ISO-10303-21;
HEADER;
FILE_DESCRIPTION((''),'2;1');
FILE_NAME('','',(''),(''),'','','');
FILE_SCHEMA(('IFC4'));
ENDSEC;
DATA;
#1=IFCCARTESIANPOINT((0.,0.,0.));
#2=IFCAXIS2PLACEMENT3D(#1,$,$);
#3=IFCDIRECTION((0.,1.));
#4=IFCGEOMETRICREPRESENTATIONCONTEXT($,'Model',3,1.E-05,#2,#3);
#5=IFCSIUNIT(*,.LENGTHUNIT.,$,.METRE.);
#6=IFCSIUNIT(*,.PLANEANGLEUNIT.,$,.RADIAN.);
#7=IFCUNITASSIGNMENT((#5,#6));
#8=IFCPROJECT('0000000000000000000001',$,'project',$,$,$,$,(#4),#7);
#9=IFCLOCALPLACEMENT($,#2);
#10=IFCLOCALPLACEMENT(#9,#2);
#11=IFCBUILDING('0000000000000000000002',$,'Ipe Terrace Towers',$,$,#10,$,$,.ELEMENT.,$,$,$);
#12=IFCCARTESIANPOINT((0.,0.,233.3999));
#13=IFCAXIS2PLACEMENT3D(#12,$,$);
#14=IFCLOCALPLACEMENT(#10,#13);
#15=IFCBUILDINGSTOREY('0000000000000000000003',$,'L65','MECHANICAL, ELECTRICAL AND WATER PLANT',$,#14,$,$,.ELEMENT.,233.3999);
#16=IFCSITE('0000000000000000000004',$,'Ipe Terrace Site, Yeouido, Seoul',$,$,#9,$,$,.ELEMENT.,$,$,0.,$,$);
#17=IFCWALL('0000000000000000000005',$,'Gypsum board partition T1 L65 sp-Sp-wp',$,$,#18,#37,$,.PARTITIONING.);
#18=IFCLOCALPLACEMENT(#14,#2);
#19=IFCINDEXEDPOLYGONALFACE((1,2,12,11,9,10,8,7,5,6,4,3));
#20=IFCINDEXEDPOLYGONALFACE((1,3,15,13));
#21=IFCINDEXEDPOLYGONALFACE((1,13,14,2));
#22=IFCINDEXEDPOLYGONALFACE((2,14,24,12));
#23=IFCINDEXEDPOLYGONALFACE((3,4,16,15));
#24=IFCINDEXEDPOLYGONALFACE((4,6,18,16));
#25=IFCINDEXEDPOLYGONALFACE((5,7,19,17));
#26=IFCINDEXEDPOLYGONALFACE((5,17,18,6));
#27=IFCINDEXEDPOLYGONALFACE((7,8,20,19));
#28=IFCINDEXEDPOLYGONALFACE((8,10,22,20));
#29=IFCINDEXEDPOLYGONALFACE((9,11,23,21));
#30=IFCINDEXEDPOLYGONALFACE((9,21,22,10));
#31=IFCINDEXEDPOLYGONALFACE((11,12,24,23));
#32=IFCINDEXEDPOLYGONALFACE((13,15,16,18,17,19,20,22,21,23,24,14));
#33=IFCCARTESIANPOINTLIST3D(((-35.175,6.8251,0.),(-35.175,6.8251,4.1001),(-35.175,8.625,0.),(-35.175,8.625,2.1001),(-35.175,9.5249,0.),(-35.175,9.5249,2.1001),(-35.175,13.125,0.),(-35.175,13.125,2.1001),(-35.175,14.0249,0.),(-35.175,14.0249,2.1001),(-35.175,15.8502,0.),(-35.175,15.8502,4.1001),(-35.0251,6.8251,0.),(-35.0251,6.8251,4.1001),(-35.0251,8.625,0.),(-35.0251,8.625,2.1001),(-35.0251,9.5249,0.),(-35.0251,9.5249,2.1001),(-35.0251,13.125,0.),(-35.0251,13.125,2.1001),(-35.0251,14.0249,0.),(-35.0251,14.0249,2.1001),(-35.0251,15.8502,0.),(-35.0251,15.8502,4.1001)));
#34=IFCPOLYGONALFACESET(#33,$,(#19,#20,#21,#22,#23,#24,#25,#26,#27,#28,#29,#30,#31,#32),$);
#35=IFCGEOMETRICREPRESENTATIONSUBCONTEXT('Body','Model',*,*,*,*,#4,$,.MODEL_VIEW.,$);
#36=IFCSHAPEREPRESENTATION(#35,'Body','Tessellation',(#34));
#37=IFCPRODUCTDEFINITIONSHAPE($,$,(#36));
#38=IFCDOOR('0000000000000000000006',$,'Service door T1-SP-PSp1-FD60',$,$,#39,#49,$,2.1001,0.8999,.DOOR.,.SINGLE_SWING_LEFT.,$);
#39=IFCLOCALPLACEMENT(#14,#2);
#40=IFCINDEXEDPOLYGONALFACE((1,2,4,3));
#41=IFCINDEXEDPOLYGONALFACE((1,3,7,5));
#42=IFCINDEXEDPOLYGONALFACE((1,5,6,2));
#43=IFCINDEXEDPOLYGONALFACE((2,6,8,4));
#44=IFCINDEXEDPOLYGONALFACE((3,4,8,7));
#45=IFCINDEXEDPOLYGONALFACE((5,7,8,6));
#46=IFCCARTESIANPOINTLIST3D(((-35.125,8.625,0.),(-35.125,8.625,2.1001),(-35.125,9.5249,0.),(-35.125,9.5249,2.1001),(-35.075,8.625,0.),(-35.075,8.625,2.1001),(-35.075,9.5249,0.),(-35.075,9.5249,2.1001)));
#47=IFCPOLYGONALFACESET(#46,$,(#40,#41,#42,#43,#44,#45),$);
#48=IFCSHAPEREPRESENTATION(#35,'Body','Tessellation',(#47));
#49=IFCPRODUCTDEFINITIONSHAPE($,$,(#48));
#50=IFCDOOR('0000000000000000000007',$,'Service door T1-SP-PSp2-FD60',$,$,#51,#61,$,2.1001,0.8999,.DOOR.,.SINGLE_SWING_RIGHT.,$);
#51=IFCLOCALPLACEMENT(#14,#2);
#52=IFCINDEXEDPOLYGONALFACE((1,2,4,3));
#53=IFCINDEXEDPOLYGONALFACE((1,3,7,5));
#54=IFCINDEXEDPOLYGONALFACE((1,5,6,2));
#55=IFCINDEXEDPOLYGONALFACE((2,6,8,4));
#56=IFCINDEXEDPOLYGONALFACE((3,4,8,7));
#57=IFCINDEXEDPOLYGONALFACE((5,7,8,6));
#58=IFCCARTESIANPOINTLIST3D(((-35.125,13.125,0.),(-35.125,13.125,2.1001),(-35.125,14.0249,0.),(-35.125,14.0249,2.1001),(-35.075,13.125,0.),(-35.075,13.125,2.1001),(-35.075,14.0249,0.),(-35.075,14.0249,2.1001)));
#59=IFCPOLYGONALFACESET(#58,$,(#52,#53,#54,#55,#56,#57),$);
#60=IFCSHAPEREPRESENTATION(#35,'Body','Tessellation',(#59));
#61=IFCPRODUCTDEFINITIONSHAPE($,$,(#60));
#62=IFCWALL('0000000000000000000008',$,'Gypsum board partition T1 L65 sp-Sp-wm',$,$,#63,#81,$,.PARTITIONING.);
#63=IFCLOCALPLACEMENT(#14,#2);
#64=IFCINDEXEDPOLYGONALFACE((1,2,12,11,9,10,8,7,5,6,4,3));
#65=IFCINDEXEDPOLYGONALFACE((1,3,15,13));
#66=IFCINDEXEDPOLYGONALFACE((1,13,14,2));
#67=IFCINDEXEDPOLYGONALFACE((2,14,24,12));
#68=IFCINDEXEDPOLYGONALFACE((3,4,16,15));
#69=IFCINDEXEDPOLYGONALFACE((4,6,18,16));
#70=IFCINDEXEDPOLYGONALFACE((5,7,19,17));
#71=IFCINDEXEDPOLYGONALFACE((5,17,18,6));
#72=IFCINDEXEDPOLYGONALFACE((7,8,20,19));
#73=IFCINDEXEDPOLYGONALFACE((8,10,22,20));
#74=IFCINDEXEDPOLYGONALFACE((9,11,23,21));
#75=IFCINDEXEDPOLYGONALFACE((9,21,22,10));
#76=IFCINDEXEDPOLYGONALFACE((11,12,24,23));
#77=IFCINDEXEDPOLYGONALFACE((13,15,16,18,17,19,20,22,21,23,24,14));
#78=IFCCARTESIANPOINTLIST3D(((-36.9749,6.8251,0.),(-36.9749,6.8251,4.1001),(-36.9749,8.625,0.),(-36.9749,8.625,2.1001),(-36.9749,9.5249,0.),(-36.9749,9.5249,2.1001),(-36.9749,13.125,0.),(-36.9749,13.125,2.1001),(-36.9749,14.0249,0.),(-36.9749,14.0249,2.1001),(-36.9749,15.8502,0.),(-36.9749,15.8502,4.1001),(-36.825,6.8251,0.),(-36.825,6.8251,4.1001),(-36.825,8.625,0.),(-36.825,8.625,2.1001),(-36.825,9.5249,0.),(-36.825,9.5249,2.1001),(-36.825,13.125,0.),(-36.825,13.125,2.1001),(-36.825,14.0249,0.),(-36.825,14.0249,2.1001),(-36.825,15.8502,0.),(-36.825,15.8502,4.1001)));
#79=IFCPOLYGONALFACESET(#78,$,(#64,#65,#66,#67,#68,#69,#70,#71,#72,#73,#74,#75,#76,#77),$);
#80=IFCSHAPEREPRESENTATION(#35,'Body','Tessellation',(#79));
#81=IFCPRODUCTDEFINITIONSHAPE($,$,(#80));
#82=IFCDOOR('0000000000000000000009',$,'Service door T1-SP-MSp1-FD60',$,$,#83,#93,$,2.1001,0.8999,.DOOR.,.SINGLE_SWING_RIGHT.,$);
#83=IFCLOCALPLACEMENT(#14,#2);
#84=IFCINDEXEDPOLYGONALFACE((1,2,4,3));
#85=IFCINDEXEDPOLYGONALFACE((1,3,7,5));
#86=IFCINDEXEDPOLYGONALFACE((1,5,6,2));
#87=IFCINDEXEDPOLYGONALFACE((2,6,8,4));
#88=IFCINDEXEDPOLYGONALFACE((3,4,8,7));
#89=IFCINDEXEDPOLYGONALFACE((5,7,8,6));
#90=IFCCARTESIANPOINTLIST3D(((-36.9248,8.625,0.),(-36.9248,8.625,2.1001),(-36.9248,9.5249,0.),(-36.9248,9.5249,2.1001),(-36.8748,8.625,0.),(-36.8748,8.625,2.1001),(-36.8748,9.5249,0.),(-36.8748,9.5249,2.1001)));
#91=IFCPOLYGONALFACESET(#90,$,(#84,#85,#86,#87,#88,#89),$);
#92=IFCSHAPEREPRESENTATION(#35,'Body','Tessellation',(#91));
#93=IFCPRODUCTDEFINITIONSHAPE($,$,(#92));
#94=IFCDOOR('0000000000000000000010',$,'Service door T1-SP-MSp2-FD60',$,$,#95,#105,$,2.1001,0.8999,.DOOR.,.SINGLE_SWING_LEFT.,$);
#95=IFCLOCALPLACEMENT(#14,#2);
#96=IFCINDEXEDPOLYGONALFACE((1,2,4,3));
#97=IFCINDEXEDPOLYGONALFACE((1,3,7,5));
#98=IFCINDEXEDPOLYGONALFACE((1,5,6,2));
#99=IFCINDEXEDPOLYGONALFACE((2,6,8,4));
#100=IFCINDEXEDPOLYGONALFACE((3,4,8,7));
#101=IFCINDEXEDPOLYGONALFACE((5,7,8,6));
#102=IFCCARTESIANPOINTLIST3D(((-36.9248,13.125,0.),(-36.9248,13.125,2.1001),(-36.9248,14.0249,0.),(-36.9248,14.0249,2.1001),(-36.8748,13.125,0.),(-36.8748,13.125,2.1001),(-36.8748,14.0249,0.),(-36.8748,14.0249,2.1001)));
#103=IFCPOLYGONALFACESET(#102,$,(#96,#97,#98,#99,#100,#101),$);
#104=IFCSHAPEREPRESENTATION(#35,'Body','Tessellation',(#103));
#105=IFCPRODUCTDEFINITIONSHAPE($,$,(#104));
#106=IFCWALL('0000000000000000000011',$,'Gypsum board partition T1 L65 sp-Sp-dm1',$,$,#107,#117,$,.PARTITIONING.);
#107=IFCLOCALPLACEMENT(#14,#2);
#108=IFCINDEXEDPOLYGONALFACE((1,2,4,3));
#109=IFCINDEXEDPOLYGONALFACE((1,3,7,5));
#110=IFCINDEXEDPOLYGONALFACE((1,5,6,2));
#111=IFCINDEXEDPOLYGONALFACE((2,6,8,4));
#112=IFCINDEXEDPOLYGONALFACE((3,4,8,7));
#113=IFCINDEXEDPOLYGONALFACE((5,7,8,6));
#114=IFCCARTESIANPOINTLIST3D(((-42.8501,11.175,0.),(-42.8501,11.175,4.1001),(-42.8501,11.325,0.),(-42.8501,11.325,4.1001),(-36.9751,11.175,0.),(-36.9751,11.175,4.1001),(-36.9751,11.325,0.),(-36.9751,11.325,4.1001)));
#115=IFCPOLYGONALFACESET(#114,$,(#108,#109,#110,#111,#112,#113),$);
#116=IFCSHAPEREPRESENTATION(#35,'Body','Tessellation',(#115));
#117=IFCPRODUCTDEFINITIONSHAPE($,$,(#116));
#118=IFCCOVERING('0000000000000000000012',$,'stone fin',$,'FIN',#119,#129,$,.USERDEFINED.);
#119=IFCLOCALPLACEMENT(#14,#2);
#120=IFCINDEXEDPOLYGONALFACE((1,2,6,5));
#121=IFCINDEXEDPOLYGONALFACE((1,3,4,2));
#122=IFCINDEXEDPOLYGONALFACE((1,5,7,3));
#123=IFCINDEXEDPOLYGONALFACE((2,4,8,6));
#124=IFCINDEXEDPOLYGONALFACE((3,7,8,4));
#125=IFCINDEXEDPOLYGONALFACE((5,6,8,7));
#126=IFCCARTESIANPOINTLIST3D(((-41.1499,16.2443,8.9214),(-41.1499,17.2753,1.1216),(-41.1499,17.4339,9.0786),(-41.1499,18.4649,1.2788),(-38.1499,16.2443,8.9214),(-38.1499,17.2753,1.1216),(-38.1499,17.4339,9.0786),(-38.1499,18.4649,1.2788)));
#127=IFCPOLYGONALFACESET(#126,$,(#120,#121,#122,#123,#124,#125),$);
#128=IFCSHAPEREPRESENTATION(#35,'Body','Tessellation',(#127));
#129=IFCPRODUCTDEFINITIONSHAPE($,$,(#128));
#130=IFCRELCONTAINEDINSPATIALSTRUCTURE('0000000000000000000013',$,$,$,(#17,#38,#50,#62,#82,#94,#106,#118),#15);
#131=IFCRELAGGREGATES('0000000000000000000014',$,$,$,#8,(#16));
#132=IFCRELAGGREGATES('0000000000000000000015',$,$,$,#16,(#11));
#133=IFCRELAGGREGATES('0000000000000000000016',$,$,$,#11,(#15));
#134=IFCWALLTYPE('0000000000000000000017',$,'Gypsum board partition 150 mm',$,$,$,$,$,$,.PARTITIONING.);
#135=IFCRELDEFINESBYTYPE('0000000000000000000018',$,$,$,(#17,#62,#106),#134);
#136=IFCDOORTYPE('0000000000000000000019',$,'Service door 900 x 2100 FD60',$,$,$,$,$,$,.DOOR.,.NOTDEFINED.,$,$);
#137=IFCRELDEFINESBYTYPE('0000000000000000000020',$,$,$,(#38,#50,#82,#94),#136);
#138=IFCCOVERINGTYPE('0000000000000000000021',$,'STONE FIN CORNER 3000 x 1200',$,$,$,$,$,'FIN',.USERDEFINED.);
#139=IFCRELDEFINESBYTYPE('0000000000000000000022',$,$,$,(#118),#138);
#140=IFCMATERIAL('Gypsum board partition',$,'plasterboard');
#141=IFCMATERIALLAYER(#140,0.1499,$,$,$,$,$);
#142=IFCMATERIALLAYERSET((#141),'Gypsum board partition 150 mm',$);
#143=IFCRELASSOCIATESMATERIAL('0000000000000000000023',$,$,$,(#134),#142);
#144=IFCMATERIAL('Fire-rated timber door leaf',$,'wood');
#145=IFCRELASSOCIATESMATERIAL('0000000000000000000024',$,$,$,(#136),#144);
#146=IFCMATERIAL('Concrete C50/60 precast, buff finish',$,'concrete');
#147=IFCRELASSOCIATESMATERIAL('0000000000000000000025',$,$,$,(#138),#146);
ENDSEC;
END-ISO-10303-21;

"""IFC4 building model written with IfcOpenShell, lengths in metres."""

from ifc_helpers import new_model, si_unit, direction, frame, frame_2d, origin, origin_2d, place, context, subcontext, project, spatial, rectangle, extrude, material, layer, layer_set, material_profile, profile_set, type_object, element, fill, save


model = new_model("IFC4")

# Units and contexts
model_context = context("Model", 3, precision=1e-05, world=origin(), true_north=direction((0.0, 1.0)))
body_context = subcontext(model_context, "Body", "Model", "MODEL_VIEW")
ifc_project = project(units=[si_unit("LENGTHUNIT", "METRE"), si_unit("PLANEANGLEUNIT", "RADIAN")], contexts=[model_context])

# Site, building, storey
site_placement = place(None, origin())
site = spatial("IfcSite", under=ifc_project, at=site_placement, Name="Ipe Terrace Site, Yeouido, Seoul", CompositionType="ELEMENT", RefElevation=0.0)
building_placement = place(site_placement, origin())
building = spatial("IfcBuilding", under=site, at=building_placement, Name="Ipe Terrace Towers", CompositionType="ELEMENT")
storey_placement = place(building_placement, frame((0.0, 0.0, 233.3999)))
storey = spatial("IfcBuildingStorey", under=building, at=storey_placement, Name="L65", Description="MECHANICAL, ELECTRICAL AND WATER PLANT", CompositionType="ELEMENT", Elevation=233.3999)

# Shared definitions
ifc_material_1 = material(Name="Gypsum board partition", Category="plasterboard")
ifc_layer_1 = layer(ifc_material_1, 0.1499)
ifc_layer_set_1 = layer_set([ifc_layer_1], Name="Gypsum board partition 150 mm")
wall_type_1 = type_object("IfcWallType", Name="Gypsum board partition 150 mm", PredefinedType="PARTITIONING", material=ifc_layer_set_1)
ifc_material_2 = material(Name="Fire-rated timber door leaf", Category="wood")
door_type = type_object("IfcDoorType", Name="Service door 900 x 2100 FD60", OperationType="NOTDEFINED", PredefinedType="DOOR", material=ifc_material_2)

# Walls, openings, doors
wall_1_placement = place(storey_placement, frame((-35.1001, 6.825, 0.0), z_axis=(0.0, 0.0, 1.0), x_axis=(0.0, 1.0, 0.0)))
wall_1 = element("IfcWall", 1, at=wall_1_placement, inside=storey, type_object=wall_type_1, Name="Gypsum board partition T1 L65 sp-Sp-wp", PredefinedType="PARTITIONING", context=body_context, shape_type="SweptSolid", body=[
    extrude(rectangle(XDim=9.0251, YDim=0.1499, at=frame_2d((4.5127, 0.0))), origin(), (0.0, 0.0, 1.0), 4.1001),
])
opening_1_placement = place(wall_1_placement, frame((1.8, 0.0, 0.0)))
opening_1 = element("IfcOpeningElement", 2, at=opening_1_placement, cuts=wall_1, PredefinedType="OPENING", context=body_context, shape_type="SweptSolid", body=[
    extrude(rectangle(XDim=0.8999, YDim=2.1001, at=frame_2d((0.45, 1.05))), frame((0.0, 0.085, 0.0), z_axis=(0.0, -1.0, 0.0), x_axis=(1.0, 0.0, 0.0)), (0.0, 0.0, 1.0), 0.1699),
])
opening_2_placement = place(wall_1_placement, frame((6.3, 0.0, 0.0)))
opening_2 = element("IfcOpeningElement", 3, at=opening_2_placement, cuts=wall_1, PredefinedType="OPENING", context=body_context, shape_type="SweptSolid", body=[
    extrude(rectangle(XDim=0.8999, YDim=2.1001, at=frame_2d((0.45, 1.05))), frame((0.0, 0.085, 0.0), z_axis=(0.0, -1.0, 0.0), x_axis=(1.0, 0.0, 0.0)), (0.0, 0.0, 1.0), 0.1699),
])
door_1_placement = place(opening_1_placement, origin())
door_1 = element("IfcDoor", 4, at=door_1_placement, inside=storey, type_object=door_type, Name="Service door T1-SP-PSp1-FD60", OperationType="SINGLE_SWING_LEFT", OverallHeight=2.1001, OverallWidth=0.8999, PredefinedType="DOOR", context=body_context, shape_type="SweptSolid", body=[
    extrude(rectangle(XDim=0.8999, YDim=2.1001, at=frame_2d((0.45, 1.05))), frame((0.0, 0.0249, 0.0), z_axis=(0.0, -1.0, 0.0), x_axis=(1.0, 0.0, 0.0)), (0.0, 0.0, 1.0), 0.05),
])
fill(opening_1, door_1)
door_2_placement = place(opening_2_placement, origin())
door_2 = element("IfcDoor", 5, at=door_2_placement, inside=storey, type_object=door_type, Name="Service door T1-SP-PSp2-FD60", OperationType="SINGLE_SWING_RIGHT", OverallHeight=2.1001, OverallWidth=0.8999, PredefinedType="DOOR", context=body_context, shape_type="SweptSolid", body=[
    extrude(rectangle(XDim=0.8999, YDim=2.1001, at=frame_2d((0.45, 1.05))), frame((0.0, 0.0249, 0.0), z_axis=(0.0, -1.0, 0.0), x_axis=(1.0, 0.0, 0.0)), (0.0, 0.0, 1.0), 0.05),
])
fill(opening_2, door_2)
wall_2_placement = place(storey_placement, frame((-36.8999, 6.825, 0.0), z_axis=(0.0, 0.0, 1.0), x_axis=(0.0, 1.0, 0.0)))
wall_2 = element("IfcWall", 6, at=wall_2_placement, inside=storey, type_object=wall_type_1, Name="Gypsum board partition T1 L65 sp-Sp-wm", PredefinedType="PARTITIONING", context=body_context, shape_type="SweptSolid", body=[
    extrude(rectangle(XDim=9.0251, YDim=0.1499, at=frame_2d((4.5127, 0.0))), origin(), (0.0, 0.0, 1.0), 4.1001),
])
opening_3_placement = place(wall_2_placement, frame((1.8, 0.0, 0.0)))
opening_3 = element("IfcOpeningElement", 7, at=opening_3_placement, cuts=wall_2, PredefinedType="OPENING", context=body_context, shape_type="SweptSolid", body=[
    extrude(rectangle(XDim=0.8999, YDim=2.1001, at=frame_2d((0.45, 1.05))), frame((0.0, 0.085, 0.0), z_axis=(0.0, -1.0, 0.0), x_axis=(1.0, 0.0, 0.0)), (0.0, 0.0, 1.0), 0.1699),
])
opening_4_placement = place(wall_2_placement, frame((6.3, 0.0, 0.0)))
opening_4 = element("IfcOpeningElement", 8, at=opening_4_placement, cuts=wall_2, PredefinedType="OPENING", context=body_context, shape_type="SweptSolid", body=[
    extrude(rectangle(XDim=0.8999, YDim=2.1001, at=frame_2d((0.45, 1.05))), frame((0.0, 0.085, 0.0), z_axis=(0.0, -1.0, 0.0), x_axis=(1.0, 0.0, 0.0)), (0.0, 0.0, 1.0), 0.1699),
])
door_3_placement = place(opening_3_placement, origin())
door_3 = element("IfcDoor", 9, at=door_3_placement, inside=storey, type_object=door_type, Name="Service door T1-SP-MSp1-FD60", OperationType="SINGLE_SWING_RIGHT", OverallHeight=2.1001, OverallWidth=0.8999, PredefinedType="DOOR", context=body_context, shape_type="SweptSolid", body=[
    extrude(rectangle(XDim=0.8999, YDim=2.1001, at=frame_2d((0.45, 1.05))), frame((0.0, 0.0249, 0.0), z_axis=(0.0, -1.0, 0.0), x_axis=(1.0, 0.0, 0.0)), (0.0, 0.0, 1.0), 0.05),
])
fill(opening_3, door_3)
door_4_placement = place(opening_4_placement, origin())
door_4 = element("IfcDoor", 10, at=door_4_placement, inside=storey, type_object=door_type, Name="Service door T1-SP-MSp2-FD60", OperationType="SINGLE_SWING_LEFT", OverallHeight=2.1001, OverallWidth=0.8999, PredefinedType="DOOR", context=body_context, shape_type="SweptSolid", body=[
    extrude(rectangle(XDim=0.8999, YDim=2.1001, at=frame_2d((0.45, 1.05))), frame((0.0, 0.0249, 0.0), z_axis=(0.0, -1.0, 0.0), x_axis=(1.0, 0.0, 0.0)), (0.0, 0.0, 1.0), 0.05),
])
fill(opening_4, door_4)

# Wall
wall_3_placement = place(storey_placement, frame((-36.9751, 11.25, 0.0), z_axis=(0.0, 0.0, 1.0), x_axis=(-1.0, 0.0, 0.0)))
element("IfcWall", 11, at=wall_3_placement, inside=storey, type_object=wall_type_1, Name="Gypsum board partition T1 L65 sp-Sp-dm1", PredefinedType="PARTITIONING", context=body_context, shape_type="SweptSolid", body=[
    extrude(rectangle(XDim=5.875, YDim=0.1499, at=frame_2d((2.9375, 0.0))), origin(), (0.0, 0.0, 1.0), 4.1001),
])

# Covering
ifc_material_3 = material(Name="Concrete C50/60 precast, buff finish", Category="concrete")
ifc_material_profile_1 = material_profile(ifc_material_3, rectangle(XDim=3.0, YDim=1.2, at=origin_2d()), Name="STONE FIN CORNER 3000 x 1200")
ifc_profile_set_1 = profile_set([ifc_material_profile_1], Name="Concrete C50/60 precast, buff finish")
covering_type = type_object("IfcCoveringType", Name="STONE FIN CORNER 3000 x 1200", ElementType="FIN", PredefinedType="USERDEFINED", material=ifc_profile_set_1)
covering_placement = place(storey_placement, frame((-39.6499, 17.8701, 1.2002), z_axis=(0.0, -0.131044, 0.991377), x_axis=(-1.0, 0.0, 0.0)))
element("IfcCovering", 12, at=covering_placement, inside=storey, type_object=covering_type, Name="stone fin", ObjectType="FIN", PredefinedType="USERDEFINED", context=body_context, shape_type="SweptSolid", body=[
    extrude(rectangle(XDim=3.0, YDim=1.2, at=origin_2d()), origin(), (0.0, 0.0, 1.0), 7.8677),
])

save(model, "model.ifc")
